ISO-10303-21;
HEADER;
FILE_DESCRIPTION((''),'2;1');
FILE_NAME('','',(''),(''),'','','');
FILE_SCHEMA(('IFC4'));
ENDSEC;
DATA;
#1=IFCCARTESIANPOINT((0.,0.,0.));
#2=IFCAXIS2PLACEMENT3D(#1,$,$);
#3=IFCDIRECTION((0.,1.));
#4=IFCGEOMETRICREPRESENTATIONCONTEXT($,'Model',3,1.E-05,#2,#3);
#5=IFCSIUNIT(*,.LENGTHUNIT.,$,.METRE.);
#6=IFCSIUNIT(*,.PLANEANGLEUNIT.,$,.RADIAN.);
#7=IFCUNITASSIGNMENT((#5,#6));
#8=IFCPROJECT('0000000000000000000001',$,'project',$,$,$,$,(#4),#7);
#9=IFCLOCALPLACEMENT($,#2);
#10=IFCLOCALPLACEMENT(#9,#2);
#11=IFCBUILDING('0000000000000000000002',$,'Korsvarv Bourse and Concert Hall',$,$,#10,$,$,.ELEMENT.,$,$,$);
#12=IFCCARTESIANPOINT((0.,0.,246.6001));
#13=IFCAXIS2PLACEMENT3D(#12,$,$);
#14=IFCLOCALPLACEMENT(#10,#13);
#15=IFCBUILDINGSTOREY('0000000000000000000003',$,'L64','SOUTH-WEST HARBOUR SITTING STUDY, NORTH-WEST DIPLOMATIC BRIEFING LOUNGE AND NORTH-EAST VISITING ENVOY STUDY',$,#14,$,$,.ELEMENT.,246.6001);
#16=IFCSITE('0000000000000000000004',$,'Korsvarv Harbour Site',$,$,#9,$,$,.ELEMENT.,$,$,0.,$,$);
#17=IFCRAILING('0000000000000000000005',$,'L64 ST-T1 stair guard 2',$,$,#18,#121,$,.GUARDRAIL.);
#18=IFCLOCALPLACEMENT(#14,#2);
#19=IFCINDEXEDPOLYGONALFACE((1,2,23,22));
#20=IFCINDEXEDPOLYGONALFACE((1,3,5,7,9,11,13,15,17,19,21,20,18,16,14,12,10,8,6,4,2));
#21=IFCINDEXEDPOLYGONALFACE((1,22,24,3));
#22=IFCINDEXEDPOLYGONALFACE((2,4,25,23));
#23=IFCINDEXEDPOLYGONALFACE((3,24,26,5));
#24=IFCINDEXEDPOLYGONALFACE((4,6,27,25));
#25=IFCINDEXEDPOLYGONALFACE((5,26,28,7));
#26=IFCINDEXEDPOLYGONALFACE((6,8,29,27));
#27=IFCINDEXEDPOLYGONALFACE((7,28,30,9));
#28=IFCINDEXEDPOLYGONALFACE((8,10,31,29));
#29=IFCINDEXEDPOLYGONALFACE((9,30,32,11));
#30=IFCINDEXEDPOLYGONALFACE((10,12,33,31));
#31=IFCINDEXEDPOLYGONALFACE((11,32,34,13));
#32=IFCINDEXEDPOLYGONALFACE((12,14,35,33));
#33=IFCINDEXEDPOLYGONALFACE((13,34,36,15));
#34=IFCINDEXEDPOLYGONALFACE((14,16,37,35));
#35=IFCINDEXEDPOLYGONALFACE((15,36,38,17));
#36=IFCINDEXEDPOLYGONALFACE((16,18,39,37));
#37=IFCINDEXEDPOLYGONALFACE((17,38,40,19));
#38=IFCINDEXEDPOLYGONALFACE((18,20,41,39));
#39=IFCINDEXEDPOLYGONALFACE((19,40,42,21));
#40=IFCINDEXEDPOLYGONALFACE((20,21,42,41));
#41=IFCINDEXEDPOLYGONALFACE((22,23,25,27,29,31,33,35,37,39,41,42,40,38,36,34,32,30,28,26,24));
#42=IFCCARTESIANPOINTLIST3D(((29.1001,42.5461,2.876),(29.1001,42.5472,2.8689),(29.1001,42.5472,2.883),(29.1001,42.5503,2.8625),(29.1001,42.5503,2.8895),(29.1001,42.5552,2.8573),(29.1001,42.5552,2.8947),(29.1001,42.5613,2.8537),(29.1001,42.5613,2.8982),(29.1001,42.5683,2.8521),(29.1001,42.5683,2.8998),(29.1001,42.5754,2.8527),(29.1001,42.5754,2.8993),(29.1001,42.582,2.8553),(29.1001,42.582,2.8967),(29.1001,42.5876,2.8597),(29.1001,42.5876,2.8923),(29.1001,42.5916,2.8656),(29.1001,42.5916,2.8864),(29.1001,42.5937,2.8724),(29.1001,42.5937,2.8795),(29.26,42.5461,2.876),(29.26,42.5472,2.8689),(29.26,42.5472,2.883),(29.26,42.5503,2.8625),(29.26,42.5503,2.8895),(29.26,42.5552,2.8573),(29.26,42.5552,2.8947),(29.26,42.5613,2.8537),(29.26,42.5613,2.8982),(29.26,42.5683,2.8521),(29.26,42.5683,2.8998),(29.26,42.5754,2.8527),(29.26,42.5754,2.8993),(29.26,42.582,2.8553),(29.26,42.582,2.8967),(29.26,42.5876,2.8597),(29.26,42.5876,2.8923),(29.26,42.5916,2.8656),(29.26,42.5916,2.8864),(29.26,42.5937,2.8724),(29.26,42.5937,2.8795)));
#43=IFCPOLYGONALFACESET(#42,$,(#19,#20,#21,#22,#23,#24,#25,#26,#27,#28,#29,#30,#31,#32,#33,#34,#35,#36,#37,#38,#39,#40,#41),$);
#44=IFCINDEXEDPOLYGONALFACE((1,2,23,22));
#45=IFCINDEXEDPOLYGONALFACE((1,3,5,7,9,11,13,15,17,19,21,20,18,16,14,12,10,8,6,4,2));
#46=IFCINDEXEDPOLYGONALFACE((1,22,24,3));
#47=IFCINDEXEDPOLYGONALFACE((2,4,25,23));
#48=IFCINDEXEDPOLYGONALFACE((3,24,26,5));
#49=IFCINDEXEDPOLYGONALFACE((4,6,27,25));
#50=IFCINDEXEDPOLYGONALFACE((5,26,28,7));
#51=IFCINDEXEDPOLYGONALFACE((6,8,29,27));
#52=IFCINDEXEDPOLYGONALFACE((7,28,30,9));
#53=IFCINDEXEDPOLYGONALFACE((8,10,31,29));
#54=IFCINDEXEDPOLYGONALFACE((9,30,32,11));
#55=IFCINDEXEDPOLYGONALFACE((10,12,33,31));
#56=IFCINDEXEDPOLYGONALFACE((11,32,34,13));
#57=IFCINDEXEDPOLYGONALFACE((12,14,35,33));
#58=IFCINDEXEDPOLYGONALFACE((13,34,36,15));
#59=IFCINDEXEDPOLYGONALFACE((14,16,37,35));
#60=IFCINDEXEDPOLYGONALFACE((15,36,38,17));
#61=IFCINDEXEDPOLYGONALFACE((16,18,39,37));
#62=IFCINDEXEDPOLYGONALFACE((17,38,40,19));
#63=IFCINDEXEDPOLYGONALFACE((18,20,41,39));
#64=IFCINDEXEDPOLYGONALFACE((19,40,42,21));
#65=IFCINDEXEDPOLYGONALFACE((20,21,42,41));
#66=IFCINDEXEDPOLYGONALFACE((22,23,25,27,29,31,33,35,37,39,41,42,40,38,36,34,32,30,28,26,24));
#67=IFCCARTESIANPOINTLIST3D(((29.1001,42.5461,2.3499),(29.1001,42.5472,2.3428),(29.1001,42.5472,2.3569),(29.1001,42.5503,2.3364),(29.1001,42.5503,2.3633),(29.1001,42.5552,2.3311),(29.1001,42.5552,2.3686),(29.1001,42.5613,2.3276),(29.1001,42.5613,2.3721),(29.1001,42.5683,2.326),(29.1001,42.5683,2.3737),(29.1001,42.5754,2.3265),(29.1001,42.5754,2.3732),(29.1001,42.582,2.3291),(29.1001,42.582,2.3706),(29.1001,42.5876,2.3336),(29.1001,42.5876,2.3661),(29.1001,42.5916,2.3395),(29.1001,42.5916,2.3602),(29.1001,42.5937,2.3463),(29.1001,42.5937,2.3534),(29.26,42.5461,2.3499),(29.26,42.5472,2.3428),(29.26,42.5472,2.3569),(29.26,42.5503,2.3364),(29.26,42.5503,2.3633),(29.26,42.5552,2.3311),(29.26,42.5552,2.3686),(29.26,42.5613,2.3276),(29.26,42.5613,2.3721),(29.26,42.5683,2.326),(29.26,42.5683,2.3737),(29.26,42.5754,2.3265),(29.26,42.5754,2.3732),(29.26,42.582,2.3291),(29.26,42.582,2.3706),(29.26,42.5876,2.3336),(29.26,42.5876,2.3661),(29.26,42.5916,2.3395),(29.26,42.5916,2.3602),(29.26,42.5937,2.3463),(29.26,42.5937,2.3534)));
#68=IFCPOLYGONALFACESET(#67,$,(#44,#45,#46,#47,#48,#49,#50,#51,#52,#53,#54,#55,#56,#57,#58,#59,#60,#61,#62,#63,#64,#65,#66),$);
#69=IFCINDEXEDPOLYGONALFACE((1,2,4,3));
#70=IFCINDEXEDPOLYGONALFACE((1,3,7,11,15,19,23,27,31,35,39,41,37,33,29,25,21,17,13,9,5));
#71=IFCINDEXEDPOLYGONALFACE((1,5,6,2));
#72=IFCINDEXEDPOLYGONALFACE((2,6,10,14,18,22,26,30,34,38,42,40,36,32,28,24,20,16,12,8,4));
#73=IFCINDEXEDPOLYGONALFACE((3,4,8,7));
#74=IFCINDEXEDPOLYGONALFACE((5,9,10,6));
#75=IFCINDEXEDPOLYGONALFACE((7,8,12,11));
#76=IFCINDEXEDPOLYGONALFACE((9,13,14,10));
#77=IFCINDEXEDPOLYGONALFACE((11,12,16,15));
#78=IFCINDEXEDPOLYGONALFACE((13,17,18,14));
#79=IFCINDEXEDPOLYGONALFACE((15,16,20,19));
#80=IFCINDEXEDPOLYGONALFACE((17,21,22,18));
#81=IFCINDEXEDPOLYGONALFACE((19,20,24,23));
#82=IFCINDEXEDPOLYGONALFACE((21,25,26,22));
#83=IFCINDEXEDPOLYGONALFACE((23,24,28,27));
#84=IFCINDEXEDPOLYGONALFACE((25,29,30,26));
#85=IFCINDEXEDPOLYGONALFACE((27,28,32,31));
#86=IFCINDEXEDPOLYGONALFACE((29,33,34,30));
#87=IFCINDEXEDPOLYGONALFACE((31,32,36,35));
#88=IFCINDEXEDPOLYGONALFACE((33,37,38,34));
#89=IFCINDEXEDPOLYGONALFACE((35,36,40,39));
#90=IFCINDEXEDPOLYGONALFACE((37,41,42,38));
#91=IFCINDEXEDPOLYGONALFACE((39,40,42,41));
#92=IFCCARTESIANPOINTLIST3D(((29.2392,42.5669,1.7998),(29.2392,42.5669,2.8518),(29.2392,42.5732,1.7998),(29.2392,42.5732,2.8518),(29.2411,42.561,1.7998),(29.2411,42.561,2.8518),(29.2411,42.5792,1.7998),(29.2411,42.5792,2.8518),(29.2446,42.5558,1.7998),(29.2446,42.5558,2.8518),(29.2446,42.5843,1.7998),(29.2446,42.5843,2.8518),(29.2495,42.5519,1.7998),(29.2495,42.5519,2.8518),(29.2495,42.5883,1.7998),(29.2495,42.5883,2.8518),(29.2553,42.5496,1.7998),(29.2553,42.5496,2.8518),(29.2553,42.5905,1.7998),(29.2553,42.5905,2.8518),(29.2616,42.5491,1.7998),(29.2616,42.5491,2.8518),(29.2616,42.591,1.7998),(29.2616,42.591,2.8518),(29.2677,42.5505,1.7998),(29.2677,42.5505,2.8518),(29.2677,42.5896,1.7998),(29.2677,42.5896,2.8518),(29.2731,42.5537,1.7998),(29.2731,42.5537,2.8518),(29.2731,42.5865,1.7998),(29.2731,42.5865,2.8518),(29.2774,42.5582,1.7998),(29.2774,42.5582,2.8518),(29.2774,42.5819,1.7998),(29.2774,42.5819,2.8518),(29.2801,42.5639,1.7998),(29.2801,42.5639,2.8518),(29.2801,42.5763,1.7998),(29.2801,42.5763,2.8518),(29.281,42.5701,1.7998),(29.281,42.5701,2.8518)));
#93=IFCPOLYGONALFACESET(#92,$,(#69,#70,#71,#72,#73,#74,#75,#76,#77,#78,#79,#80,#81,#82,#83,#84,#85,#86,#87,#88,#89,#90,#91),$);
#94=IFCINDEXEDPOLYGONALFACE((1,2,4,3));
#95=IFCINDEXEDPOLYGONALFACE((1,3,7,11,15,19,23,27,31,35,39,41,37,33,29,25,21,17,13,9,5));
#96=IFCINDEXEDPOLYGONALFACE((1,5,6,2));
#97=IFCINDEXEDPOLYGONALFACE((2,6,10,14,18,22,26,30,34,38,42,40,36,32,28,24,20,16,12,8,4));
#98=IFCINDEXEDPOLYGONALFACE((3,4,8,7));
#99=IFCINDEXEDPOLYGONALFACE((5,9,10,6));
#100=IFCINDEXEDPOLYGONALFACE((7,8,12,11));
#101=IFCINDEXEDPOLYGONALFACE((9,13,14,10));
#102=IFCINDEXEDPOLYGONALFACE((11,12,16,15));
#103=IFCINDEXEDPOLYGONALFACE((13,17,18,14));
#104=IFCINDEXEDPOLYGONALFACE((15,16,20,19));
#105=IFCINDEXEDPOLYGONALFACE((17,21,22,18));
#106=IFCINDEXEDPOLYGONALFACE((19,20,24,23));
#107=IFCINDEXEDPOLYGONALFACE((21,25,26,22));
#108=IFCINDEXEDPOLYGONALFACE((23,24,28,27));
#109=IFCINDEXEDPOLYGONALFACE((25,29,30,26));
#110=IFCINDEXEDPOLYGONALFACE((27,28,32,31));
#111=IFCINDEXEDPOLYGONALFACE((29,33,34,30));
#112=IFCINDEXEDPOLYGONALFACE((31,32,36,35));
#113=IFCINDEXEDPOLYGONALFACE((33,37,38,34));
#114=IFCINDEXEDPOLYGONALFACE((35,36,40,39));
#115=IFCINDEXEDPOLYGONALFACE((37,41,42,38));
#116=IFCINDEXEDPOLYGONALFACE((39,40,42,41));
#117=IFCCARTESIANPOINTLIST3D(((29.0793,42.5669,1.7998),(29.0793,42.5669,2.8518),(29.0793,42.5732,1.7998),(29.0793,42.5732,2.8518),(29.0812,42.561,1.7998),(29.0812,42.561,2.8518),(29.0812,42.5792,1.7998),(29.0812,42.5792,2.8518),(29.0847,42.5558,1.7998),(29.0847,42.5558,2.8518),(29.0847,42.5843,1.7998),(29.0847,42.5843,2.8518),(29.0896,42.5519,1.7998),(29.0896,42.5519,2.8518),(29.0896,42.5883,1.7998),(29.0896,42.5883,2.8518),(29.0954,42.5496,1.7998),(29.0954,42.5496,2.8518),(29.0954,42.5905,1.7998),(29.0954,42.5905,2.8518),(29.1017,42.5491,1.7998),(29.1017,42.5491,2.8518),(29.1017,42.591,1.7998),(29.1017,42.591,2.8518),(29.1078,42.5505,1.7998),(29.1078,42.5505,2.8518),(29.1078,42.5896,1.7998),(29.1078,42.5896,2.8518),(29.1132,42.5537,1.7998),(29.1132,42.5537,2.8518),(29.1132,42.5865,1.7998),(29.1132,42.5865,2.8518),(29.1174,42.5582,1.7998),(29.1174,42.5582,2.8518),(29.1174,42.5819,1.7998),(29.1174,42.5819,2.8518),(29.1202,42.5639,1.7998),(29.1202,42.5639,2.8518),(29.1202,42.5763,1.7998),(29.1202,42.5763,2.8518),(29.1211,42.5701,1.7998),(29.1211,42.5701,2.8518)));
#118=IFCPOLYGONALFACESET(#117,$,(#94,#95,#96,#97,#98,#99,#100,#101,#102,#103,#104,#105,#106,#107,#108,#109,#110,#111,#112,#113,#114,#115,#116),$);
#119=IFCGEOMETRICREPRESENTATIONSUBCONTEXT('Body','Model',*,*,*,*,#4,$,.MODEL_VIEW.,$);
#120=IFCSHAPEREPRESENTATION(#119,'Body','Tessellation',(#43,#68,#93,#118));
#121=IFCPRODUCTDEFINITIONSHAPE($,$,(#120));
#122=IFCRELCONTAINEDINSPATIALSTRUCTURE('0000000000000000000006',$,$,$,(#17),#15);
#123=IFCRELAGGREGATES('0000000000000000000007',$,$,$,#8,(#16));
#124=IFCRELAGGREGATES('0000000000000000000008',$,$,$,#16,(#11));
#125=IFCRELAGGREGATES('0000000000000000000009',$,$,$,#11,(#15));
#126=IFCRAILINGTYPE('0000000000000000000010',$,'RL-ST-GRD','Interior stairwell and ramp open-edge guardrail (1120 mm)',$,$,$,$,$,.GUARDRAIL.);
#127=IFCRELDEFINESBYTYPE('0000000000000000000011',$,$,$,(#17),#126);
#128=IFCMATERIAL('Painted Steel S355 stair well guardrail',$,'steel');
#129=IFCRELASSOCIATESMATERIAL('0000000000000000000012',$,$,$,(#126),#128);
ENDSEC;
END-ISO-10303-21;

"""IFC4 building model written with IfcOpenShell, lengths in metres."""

from ifc_helpers import new_model, si_unit, direction, frame, origin, origin_2d, place, context, subcontext, project, spatial, circle, extrude, material, type_object, element, save


model = new_model("IFC4")

# Units and contexts
model_context = context("Model", 3, precision=1e-05, world=origin(), true_north=direction((0.0, 1.0)))
body_context = subcontext(model_context, "Body", "Model", "MODEL_VIEW")
ifc_project = project(units=[si_unit("LENGTHUNIT", "METRE"), si_unit("PLANEANGLEUNIT", "RADIAN")], contexts=[model_context])

# Site, building, storey
site_placement = place(None, origin())
site = spatial("IfcSite", under=ifc_project, at=site_placement, Name="Korsvarv Harbour Site", CompositionType="ELEMENT", RefElevation=0.0)
building_placement = place(site_placement, origin())
building = spatial("IfcBuilding", under=site, at=building_placement, Name="Korsvarv Bourse and Concert Hall", CompositionType="ELEMENT")
storey_placement = place(building_placement, frame((0.0, 0.0, 246.6001)))
storey = spatial("IfcBuildingStorey", under=building, at=storey_placement, Name="L64", Description="SOUTH-WEST HARBOUR SITTING STUDY, NORTH-WEST DIPLOMATIC BRIEFING LOUNGE AND NORTH-EAST VISITING ENVOY STUDY", CompositionType="ELEMENT", Elevation=246.6001)

# Railing
ifc_material_1 = material(Name="Painted Steel S355 stair well guardrail", Category="steel")
railing_type_1 = type_object("IfcRailingType", Name="RL-ST-GRD", Description="Interior stairwell and ramp open-edge guardrail (1120 mm)", PredefinedType="GUARDRAIL", material=ifc_material_1)
railing_1_placement = place(storey_placement, frame((29.26, 42.5701, 1.7998)))
element("IfcRailing", 1, at=railing_1_placement, inside=storey, type_object=railing_type_1, Name="L64 ST-T1 stair guard 2", PredefinedType="GUARDRAIL", context=body_context, shape_type="SweptSolid", body=[
    extrude(circle(Radius=0.0239, at=origin_2d()), frame((0.0, 0.0, 1.0762), z_axis=(-1.0, 0.0, 0.0), x_axis=(0.0, -1.0, 0.0)), (0.0, 0.0, 1.0), 0.1599),
    extrude(circle(Radius=0.0239, at=origin_2d()), frame((0.0, 0.0, 0.55), z_axis=(-1.0, 0.0, 0.0), x_axis=(0.0, -1.0, 0.0)), (0.0, 0.0, 1.0), 0.1599),
    extrude(circle(Radius=0.021, at=origin_2d()), origin(), (0.0, 0.0, 1.0), 1.052),
    extrude(circle(Radius=0.021, at=origin_2d()), frame((-0.1599, 0.0, 0.0)), (0.0, 0.0, 1.0), 1.052),
])

save(model, "model.ifc")
